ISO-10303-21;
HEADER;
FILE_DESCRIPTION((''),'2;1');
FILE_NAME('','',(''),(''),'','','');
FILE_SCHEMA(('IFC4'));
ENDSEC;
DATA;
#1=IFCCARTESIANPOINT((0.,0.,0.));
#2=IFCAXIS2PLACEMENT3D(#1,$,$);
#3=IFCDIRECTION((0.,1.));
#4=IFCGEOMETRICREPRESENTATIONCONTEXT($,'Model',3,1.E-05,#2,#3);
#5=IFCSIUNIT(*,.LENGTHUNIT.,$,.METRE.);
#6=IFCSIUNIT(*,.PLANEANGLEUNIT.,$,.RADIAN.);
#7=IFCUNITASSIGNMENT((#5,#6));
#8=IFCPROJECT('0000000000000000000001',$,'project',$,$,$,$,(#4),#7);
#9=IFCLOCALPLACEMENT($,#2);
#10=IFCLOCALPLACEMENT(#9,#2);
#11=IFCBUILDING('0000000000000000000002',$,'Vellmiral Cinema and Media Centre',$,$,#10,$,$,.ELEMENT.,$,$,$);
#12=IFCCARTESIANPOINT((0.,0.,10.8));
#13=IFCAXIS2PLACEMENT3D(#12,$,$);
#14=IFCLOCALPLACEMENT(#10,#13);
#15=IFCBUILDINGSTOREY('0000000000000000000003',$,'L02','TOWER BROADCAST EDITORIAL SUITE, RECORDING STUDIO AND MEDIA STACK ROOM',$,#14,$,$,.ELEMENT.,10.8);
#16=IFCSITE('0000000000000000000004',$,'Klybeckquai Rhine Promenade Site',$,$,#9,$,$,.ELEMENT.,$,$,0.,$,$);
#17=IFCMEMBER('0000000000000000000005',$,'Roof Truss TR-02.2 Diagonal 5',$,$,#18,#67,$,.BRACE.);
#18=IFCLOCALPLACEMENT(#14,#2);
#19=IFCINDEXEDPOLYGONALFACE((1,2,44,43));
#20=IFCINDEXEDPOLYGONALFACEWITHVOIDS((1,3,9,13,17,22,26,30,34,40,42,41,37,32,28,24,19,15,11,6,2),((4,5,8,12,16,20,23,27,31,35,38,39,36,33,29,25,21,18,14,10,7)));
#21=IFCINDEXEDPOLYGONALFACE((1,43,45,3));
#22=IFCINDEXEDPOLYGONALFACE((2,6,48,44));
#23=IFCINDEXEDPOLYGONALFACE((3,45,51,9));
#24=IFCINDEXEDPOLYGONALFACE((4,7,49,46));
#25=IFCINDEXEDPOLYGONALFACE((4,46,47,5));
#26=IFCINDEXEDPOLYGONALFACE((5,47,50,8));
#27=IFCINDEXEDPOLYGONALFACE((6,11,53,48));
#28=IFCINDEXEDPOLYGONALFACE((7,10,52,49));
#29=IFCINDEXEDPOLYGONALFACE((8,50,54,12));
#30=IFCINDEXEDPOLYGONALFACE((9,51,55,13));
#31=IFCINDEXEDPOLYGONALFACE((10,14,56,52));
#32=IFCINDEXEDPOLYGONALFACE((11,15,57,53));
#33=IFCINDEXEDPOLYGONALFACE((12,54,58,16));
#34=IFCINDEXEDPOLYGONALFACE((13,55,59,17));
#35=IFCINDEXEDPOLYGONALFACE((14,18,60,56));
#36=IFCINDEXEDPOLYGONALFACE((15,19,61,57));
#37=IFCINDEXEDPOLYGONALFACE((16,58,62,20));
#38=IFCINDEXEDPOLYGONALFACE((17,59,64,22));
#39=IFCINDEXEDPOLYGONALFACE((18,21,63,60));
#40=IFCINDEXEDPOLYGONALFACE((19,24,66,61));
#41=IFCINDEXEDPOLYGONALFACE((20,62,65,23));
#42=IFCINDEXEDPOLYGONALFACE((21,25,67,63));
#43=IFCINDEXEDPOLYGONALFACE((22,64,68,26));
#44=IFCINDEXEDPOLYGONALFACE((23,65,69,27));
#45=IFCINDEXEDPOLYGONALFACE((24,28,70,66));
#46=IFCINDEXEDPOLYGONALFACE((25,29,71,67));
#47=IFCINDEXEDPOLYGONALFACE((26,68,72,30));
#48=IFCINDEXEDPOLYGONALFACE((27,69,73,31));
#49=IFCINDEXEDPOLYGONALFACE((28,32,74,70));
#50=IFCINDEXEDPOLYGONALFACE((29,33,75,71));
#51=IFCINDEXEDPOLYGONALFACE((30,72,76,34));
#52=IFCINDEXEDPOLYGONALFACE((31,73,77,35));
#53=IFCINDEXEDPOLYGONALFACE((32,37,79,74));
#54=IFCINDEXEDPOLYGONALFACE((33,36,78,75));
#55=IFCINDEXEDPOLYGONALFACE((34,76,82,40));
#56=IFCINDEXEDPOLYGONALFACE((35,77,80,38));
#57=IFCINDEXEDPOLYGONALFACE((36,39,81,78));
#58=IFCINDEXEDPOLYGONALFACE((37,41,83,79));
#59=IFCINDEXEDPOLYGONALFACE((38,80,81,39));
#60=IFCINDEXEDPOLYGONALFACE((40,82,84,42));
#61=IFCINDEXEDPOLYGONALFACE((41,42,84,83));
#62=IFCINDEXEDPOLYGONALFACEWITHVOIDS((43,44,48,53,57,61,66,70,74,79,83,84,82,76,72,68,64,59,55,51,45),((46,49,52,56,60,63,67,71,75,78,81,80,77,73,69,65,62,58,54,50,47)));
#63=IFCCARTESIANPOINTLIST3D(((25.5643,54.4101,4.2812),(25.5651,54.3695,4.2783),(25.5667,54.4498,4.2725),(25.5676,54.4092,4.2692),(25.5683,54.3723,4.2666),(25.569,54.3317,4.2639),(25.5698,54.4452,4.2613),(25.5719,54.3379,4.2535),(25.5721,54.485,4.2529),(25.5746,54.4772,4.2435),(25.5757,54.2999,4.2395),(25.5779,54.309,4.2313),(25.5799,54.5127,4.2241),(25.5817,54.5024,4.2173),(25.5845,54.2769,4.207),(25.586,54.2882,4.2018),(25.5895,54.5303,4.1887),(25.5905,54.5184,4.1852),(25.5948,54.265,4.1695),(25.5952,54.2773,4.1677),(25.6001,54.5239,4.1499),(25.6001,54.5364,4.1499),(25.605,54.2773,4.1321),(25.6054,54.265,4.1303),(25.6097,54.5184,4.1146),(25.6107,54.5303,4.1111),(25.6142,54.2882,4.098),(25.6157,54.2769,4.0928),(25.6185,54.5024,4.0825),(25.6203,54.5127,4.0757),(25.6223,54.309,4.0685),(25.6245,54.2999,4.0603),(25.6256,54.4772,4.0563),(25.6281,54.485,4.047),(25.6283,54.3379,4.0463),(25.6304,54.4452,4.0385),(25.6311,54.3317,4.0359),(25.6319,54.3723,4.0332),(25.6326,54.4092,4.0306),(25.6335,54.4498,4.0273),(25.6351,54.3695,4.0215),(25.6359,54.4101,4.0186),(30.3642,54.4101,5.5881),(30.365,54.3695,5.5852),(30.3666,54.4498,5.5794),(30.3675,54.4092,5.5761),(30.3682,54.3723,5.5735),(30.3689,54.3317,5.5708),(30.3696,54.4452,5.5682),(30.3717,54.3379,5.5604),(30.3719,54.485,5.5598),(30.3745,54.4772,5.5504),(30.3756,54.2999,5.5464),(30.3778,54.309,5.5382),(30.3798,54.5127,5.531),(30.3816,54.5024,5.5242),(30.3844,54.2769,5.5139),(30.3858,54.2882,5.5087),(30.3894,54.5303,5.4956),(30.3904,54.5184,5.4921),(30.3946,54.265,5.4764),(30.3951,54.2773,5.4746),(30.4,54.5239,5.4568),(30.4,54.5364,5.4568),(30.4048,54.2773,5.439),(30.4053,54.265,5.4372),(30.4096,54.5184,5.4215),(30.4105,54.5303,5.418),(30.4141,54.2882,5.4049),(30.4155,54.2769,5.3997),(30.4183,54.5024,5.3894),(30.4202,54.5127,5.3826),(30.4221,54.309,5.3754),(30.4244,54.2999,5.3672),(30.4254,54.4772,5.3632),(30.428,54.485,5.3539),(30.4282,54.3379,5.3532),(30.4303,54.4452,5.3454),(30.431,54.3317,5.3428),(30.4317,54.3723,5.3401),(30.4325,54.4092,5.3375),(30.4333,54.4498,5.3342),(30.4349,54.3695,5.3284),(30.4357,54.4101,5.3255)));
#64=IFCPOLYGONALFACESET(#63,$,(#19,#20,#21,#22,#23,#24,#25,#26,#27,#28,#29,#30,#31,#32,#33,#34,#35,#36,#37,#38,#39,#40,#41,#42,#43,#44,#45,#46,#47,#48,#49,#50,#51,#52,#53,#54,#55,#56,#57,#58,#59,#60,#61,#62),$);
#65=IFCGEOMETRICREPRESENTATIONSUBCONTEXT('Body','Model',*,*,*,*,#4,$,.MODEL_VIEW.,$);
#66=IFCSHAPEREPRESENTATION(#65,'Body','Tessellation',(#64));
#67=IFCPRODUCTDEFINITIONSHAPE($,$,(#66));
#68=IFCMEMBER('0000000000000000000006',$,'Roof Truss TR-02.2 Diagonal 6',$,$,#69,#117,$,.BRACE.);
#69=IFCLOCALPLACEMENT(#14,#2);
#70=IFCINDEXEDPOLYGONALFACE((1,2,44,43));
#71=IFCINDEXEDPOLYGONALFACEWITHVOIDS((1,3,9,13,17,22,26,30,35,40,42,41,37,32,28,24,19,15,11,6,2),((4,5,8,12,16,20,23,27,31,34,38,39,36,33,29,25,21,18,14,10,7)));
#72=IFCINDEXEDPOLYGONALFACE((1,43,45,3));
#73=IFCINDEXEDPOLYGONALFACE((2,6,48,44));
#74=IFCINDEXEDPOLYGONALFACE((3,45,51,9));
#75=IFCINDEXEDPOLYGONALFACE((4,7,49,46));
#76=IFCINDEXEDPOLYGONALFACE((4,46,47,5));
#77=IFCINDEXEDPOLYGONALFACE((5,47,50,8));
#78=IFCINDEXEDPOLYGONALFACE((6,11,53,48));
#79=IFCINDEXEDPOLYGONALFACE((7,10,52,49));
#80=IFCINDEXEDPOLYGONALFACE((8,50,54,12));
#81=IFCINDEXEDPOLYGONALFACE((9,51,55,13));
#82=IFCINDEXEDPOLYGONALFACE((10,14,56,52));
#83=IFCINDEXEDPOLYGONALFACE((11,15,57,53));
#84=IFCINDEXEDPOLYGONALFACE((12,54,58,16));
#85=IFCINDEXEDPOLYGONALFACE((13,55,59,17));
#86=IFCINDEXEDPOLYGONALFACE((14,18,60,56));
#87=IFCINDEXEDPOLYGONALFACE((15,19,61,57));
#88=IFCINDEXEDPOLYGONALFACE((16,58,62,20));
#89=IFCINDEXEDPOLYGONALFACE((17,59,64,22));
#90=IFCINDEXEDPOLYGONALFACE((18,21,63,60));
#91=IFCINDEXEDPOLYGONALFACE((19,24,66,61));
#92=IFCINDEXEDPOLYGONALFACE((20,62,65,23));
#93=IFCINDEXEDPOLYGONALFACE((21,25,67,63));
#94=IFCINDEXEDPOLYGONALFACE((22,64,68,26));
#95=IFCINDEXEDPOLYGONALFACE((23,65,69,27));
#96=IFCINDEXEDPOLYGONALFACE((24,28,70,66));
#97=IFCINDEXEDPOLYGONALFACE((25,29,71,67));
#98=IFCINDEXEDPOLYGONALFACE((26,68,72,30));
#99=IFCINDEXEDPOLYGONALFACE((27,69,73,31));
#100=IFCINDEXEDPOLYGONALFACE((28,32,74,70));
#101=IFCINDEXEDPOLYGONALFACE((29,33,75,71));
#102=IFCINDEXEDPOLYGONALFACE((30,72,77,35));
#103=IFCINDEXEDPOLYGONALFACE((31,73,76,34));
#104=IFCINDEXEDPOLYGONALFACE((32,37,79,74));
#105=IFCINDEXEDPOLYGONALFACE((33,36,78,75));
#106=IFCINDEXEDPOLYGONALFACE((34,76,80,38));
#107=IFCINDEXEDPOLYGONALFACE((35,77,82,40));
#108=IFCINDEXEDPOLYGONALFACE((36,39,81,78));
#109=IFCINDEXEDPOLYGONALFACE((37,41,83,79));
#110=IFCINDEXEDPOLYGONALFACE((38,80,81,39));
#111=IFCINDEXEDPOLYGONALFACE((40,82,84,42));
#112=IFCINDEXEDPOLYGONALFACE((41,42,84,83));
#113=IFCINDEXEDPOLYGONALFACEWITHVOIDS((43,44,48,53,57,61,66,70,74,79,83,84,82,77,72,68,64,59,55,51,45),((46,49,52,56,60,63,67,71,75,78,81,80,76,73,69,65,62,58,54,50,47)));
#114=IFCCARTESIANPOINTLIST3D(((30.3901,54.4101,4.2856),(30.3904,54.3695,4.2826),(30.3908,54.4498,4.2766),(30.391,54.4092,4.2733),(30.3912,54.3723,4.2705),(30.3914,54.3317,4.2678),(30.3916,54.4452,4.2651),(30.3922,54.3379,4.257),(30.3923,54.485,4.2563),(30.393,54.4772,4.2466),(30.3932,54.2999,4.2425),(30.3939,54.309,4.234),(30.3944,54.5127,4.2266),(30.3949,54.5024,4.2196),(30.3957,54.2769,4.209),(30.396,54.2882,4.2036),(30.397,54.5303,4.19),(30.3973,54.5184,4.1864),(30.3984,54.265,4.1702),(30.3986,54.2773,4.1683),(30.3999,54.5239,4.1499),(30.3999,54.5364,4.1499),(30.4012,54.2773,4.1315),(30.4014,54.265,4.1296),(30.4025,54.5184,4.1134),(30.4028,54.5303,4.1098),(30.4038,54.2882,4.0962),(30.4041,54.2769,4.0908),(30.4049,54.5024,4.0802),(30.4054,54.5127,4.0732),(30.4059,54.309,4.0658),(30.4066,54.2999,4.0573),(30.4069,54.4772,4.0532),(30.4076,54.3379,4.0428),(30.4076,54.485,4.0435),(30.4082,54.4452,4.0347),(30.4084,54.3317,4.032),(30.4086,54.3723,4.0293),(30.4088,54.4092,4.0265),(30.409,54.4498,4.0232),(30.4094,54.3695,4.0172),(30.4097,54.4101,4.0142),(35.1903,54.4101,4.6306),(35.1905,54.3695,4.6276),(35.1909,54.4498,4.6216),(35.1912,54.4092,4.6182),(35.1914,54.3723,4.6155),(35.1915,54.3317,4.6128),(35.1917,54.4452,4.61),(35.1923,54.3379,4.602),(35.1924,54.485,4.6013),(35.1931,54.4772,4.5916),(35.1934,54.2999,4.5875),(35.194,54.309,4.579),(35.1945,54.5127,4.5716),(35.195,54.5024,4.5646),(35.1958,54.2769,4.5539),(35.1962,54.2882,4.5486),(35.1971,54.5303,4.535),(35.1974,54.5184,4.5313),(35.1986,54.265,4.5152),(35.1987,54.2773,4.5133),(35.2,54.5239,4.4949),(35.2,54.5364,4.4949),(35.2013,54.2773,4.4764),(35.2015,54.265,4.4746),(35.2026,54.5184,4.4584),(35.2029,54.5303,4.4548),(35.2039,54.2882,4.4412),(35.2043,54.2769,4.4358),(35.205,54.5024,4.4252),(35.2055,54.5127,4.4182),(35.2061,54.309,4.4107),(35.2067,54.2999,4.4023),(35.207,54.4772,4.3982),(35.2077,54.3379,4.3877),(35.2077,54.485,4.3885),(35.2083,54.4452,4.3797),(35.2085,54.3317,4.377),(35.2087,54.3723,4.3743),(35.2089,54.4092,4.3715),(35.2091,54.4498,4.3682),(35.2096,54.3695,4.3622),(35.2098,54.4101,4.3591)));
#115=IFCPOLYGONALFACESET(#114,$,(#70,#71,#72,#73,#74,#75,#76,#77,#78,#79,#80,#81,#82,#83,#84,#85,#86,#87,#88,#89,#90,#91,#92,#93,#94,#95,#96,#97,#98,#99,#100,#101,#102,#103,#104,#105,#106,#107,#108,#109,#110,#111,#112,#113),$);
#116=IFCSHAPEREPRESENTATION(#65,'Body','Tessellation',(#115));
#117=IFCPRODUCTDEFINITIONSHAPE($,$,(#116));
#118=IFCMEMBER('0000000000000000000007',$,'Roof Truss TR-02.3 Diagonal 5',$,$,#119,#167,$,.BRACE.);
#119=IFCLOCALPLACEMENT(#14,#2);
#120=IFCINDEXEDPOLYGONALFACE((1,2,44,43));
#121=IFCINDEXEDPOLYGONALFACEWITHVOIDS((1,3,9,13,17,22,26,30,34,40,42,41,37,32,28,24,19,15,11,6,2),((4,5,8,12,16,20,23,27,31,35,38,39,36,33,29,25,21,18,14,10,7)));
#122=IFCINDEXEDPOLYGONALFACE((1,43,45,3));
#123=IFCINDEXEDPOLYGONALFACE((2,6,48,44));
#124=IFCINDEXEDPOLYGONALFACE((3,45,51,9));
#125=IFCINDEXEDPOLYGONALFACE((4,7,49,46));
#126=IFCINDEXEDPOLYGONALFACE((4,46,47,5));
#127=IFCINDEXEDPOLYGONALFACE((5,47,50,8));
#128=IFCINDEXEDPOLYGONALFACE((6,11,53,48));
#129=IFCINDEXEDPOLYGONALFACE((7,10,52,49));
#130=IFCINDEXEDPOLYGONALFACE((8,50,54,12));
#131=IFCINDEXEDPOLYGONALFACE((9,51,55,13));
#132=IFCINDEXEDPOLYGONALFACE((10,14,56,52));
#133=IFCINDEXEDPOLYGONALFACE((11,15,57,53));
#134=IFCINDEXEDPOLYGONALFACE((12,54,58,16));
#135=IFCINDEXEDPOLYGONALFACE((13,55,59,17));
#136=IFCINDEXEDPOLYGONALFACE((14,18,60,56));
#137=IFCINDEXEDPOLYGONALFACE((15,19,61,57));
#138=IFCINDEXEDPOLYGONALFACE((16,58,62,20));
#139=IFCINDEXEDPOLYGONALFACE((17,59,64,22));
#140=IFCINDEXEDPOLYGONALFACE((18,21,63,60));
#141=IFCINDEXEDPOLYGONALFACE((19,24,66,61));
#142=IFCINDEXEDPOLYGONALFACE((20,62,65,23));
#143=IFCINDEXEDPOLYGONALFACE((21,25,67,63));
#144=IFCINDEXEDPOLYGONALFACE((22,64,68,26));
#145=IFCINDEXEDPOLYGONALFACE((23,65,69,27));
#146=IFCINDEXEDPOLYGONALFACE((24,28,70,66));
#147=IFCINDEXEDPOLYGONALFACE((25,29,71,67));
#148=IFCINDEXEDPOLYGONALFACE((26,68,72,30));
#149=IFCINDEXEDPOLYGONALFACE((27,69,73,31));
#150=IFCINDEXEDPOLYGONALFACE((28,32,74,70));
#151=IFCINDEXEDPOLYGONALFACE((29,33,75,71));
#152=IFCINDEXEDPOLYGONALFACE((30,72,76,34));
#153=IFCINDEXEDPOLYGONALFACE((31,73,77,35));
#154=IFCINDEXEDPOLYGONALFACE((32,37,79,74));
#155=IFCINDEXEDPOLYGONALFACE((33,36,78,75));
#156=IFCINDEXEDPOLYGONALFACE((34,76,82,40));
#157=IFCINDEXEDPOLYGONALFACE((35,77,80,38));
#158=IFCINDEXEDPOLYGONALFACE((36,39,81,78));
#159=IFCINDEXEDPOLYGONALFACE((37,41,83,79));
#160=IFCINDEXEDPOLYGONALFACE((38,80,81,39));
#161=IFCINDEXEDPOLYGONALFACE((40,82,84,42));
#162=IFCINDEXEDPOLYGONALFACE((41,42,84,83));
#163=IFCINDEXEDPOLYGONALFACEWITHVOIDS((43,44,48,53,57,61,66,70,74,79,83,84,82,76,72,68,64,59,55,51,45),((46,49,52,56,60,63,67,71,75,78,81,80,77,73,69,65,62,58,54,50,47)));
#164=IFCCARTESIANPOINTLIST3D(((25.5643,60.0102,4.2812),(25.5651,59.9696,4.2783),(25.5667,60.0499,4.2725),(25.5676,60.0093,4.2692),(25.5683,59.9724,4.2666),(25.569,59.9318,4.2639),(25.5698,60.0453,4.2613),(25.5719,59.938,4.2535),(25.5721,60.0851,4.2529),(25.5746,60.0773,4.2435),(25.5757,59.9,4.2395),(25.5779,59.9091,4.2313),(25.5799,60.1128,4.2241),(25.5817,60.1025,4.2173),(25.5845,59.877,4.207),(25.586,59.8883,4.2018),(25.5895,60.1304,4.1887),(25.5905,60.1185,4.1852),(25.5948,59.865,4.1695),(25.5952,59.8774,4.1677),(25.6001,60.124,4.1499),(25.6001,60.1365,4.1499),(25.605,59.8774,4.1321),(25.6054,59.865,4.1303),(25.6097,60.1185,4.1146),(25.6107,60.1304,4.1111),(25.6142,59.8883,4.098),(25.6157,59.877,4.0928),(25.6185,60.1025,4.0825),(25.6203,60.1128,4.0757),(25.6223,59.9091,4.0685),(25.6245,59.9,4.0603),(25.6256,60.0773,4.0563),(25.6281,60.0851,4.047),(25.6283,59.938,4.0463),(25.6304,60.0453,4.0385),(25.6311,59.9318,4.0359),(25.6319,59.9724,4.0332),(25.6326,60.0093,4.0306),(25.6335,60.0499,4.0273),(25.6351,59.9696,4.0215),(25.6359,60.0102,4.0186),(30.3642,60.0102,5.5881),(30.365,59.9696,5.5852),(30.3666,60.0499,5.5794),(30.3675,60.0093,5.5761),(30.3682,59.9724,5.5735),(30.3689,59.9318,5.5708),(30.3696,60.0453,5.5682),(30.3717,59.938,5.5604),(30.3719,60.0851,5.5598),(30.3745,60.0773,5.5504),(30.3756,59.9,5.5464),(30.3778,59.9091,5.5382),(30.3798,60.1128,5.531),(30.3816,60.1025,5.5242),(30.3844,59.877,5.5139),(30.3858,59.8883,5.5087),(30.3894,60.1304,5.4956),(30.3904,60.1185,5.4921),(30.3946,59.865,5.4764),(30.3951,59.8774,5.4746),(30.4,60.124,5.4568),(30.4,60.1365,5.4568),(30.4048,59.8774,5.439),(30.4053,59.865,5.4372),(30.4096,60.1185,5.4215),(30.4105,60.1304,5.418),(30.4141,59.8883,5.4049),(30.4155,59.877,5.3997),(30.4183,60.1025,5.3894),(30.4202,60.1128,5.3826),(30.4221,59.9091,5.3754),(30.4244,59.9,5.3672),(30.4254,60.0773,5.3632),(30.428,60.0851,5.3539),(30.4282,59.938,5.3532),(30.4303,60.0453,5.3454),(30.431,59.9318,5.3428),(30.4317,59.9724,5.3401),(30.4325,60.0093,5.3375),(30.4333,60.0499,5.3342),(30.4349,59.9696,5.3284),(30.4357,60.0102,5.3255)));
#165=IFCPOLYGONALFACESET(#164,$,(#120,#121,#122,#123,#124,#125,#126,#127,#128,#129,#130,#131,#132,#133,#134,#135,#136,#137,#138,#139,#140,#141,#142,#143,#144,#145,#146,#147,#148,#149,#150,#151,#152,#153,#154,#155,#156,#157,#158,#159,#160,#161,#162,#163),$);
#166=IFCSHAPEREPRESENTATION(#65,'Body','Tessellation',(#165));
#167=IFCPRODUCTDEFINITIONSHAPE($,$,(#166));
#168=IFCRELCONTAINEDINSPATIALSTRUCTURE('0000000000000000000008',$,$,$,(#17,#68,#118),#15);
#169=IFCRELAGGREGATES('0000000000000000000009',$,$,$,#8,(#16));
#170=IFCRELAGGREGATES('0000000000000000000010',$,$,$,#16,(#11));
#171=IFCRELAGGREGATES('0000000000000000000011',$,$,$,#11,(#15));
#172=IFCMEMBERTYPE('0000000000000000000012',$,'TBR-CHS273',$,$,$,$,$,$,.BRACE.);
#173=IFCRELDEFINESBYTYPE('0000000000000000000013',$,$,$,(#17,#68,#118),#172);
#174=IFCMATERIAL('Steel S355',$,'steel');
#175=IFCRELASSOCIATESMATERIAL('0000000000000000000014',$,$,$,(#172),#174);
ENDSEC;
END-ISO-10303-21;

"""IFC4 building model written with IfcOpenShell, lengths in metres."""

from ifc_helpers import new_model, si_unit, direction, frame, origin, origin_2d, place, context, subcontext, project, spatial, hollow_circle, extrude, material, material_profile, profile_set, type_object, element, save


model = new_model("IFC4")

# Units and contexts
model_context = context("Model", 3, precision=1e-05, world=origin(), true_north=direction((0.0, 1.0)))
body_context = subcontext(model_context, "Body", "Model", "MODEL_VIEW")
ifc_project = project(units=[si_unit("LENGTHUNIT", "METRE"), si_unit("PLANEANGLEUNIT", "RADIAN")], contexts=[model_context])

# Site, building, storey
site_placement = place(None, origin())
site = spatial("IfcSite", under=ifc_project, at=site_placement, Name="Klybeckquai Rhine Promenade Site", CompositionType="ELEMENT", RefElevation=0.0)
building_placement = place(site_placement, origin())
building = spatial("IfcBuilding", under=site, at=building_placement, Name="Vellmiral Cinema and Media Centre", CompositionType="ELEMENT")
storey_placement = place(building_placement, frame((0.0, 0.0, 10.8)))
storey = spatial("IfcBuildingStorey", under=building, at=storey_placement, Name="L02", Description="TOWER BROADCAST EDITORIAL SUITE, RECORDING STUDIO AND MEDIA STACK ROOM", CompositionType="ELEMENT", Elevation=10.8)

# Members
ifc_material_1 = material(Name="Steel S355", Category="steel")
ifc_material_profile_1 = material_profile(ifc_material_1, hollow_circle(Radius=0.1365, WallThickness=0.0125, at=origin_2d()), Name="CHS 273.0x12.5")
ifc_profile_set_1 = profile_set([ifc_material_profile_1], Name="Steel S355")
member_type_1 = type_object("IfcMemberType", Name="TBR-CHS273", PredefinedType="BRACE", material=ifc_profile_set_1)
member_1_placement = place(storey_placement, frame((25.6001, 54.3999, 4.1499), z_axis=(0.964874, 0.0, 0.262715), x_axis=(0.0, 1.0, 0.0)))
element("IfcMember", 1, at=member_1_placement, inside=storey, type_object=member_type_1, Name="Roof Truss TR-02.2 Diagonal 5", PredefinedType="BRACE", context=body_context, shape_type="SweptSolid", body=[
    extrude(hollow_circle(Radius=0.1365, WallThickness=0.0125, at=origin_2d()), origin(), (0.0, 0.0, 1.0), 4.9746),
])
member_2_placement = place(storey_placement, frame((30.3999, 54.3999, 4.1499), z_axis=(0.997427, 0.0, 0.071683), x_axis=(0.0, 1.0, 0.0)))
element("IfcMember", 2, at=member_2_placement, inside=storey, type_object=member_type_1, Name="Roof Truss TR-02.2 Diagonal 6", PredefinedType="BRACE", context=body_context, shape_type="SweptSolid", body=[
    extrude(hollow_circle(Radius=0.1365, WallThickness=0.0125, at=origin_2d()), origin(), (0.0, 0.0, 1.0), 4.8125),
])
member_3_placement = place(storey_placement, frame((25.6001, 60.0, 4.1499), z_axis=(0.964874, 0.0, 0.262715), x_axis=(0.0, 1.0, 0.0)))
element("IfcMember", 3, at=member_3_placement, inside=storey, type_object=member_type_1, Name="Roof Truss TR-02.3 Diagonal 5", PredefinedType="BRACE", context=body_context, shape_type="SweptSolid", body=[
    extrude(hollow_circle(Radius=0.1365, WallThickness=0.0125, at=origin_2d()), origin(), (0.0, 0.0, 1.0), 4.9746),
])

save(model, "model.ifc")
